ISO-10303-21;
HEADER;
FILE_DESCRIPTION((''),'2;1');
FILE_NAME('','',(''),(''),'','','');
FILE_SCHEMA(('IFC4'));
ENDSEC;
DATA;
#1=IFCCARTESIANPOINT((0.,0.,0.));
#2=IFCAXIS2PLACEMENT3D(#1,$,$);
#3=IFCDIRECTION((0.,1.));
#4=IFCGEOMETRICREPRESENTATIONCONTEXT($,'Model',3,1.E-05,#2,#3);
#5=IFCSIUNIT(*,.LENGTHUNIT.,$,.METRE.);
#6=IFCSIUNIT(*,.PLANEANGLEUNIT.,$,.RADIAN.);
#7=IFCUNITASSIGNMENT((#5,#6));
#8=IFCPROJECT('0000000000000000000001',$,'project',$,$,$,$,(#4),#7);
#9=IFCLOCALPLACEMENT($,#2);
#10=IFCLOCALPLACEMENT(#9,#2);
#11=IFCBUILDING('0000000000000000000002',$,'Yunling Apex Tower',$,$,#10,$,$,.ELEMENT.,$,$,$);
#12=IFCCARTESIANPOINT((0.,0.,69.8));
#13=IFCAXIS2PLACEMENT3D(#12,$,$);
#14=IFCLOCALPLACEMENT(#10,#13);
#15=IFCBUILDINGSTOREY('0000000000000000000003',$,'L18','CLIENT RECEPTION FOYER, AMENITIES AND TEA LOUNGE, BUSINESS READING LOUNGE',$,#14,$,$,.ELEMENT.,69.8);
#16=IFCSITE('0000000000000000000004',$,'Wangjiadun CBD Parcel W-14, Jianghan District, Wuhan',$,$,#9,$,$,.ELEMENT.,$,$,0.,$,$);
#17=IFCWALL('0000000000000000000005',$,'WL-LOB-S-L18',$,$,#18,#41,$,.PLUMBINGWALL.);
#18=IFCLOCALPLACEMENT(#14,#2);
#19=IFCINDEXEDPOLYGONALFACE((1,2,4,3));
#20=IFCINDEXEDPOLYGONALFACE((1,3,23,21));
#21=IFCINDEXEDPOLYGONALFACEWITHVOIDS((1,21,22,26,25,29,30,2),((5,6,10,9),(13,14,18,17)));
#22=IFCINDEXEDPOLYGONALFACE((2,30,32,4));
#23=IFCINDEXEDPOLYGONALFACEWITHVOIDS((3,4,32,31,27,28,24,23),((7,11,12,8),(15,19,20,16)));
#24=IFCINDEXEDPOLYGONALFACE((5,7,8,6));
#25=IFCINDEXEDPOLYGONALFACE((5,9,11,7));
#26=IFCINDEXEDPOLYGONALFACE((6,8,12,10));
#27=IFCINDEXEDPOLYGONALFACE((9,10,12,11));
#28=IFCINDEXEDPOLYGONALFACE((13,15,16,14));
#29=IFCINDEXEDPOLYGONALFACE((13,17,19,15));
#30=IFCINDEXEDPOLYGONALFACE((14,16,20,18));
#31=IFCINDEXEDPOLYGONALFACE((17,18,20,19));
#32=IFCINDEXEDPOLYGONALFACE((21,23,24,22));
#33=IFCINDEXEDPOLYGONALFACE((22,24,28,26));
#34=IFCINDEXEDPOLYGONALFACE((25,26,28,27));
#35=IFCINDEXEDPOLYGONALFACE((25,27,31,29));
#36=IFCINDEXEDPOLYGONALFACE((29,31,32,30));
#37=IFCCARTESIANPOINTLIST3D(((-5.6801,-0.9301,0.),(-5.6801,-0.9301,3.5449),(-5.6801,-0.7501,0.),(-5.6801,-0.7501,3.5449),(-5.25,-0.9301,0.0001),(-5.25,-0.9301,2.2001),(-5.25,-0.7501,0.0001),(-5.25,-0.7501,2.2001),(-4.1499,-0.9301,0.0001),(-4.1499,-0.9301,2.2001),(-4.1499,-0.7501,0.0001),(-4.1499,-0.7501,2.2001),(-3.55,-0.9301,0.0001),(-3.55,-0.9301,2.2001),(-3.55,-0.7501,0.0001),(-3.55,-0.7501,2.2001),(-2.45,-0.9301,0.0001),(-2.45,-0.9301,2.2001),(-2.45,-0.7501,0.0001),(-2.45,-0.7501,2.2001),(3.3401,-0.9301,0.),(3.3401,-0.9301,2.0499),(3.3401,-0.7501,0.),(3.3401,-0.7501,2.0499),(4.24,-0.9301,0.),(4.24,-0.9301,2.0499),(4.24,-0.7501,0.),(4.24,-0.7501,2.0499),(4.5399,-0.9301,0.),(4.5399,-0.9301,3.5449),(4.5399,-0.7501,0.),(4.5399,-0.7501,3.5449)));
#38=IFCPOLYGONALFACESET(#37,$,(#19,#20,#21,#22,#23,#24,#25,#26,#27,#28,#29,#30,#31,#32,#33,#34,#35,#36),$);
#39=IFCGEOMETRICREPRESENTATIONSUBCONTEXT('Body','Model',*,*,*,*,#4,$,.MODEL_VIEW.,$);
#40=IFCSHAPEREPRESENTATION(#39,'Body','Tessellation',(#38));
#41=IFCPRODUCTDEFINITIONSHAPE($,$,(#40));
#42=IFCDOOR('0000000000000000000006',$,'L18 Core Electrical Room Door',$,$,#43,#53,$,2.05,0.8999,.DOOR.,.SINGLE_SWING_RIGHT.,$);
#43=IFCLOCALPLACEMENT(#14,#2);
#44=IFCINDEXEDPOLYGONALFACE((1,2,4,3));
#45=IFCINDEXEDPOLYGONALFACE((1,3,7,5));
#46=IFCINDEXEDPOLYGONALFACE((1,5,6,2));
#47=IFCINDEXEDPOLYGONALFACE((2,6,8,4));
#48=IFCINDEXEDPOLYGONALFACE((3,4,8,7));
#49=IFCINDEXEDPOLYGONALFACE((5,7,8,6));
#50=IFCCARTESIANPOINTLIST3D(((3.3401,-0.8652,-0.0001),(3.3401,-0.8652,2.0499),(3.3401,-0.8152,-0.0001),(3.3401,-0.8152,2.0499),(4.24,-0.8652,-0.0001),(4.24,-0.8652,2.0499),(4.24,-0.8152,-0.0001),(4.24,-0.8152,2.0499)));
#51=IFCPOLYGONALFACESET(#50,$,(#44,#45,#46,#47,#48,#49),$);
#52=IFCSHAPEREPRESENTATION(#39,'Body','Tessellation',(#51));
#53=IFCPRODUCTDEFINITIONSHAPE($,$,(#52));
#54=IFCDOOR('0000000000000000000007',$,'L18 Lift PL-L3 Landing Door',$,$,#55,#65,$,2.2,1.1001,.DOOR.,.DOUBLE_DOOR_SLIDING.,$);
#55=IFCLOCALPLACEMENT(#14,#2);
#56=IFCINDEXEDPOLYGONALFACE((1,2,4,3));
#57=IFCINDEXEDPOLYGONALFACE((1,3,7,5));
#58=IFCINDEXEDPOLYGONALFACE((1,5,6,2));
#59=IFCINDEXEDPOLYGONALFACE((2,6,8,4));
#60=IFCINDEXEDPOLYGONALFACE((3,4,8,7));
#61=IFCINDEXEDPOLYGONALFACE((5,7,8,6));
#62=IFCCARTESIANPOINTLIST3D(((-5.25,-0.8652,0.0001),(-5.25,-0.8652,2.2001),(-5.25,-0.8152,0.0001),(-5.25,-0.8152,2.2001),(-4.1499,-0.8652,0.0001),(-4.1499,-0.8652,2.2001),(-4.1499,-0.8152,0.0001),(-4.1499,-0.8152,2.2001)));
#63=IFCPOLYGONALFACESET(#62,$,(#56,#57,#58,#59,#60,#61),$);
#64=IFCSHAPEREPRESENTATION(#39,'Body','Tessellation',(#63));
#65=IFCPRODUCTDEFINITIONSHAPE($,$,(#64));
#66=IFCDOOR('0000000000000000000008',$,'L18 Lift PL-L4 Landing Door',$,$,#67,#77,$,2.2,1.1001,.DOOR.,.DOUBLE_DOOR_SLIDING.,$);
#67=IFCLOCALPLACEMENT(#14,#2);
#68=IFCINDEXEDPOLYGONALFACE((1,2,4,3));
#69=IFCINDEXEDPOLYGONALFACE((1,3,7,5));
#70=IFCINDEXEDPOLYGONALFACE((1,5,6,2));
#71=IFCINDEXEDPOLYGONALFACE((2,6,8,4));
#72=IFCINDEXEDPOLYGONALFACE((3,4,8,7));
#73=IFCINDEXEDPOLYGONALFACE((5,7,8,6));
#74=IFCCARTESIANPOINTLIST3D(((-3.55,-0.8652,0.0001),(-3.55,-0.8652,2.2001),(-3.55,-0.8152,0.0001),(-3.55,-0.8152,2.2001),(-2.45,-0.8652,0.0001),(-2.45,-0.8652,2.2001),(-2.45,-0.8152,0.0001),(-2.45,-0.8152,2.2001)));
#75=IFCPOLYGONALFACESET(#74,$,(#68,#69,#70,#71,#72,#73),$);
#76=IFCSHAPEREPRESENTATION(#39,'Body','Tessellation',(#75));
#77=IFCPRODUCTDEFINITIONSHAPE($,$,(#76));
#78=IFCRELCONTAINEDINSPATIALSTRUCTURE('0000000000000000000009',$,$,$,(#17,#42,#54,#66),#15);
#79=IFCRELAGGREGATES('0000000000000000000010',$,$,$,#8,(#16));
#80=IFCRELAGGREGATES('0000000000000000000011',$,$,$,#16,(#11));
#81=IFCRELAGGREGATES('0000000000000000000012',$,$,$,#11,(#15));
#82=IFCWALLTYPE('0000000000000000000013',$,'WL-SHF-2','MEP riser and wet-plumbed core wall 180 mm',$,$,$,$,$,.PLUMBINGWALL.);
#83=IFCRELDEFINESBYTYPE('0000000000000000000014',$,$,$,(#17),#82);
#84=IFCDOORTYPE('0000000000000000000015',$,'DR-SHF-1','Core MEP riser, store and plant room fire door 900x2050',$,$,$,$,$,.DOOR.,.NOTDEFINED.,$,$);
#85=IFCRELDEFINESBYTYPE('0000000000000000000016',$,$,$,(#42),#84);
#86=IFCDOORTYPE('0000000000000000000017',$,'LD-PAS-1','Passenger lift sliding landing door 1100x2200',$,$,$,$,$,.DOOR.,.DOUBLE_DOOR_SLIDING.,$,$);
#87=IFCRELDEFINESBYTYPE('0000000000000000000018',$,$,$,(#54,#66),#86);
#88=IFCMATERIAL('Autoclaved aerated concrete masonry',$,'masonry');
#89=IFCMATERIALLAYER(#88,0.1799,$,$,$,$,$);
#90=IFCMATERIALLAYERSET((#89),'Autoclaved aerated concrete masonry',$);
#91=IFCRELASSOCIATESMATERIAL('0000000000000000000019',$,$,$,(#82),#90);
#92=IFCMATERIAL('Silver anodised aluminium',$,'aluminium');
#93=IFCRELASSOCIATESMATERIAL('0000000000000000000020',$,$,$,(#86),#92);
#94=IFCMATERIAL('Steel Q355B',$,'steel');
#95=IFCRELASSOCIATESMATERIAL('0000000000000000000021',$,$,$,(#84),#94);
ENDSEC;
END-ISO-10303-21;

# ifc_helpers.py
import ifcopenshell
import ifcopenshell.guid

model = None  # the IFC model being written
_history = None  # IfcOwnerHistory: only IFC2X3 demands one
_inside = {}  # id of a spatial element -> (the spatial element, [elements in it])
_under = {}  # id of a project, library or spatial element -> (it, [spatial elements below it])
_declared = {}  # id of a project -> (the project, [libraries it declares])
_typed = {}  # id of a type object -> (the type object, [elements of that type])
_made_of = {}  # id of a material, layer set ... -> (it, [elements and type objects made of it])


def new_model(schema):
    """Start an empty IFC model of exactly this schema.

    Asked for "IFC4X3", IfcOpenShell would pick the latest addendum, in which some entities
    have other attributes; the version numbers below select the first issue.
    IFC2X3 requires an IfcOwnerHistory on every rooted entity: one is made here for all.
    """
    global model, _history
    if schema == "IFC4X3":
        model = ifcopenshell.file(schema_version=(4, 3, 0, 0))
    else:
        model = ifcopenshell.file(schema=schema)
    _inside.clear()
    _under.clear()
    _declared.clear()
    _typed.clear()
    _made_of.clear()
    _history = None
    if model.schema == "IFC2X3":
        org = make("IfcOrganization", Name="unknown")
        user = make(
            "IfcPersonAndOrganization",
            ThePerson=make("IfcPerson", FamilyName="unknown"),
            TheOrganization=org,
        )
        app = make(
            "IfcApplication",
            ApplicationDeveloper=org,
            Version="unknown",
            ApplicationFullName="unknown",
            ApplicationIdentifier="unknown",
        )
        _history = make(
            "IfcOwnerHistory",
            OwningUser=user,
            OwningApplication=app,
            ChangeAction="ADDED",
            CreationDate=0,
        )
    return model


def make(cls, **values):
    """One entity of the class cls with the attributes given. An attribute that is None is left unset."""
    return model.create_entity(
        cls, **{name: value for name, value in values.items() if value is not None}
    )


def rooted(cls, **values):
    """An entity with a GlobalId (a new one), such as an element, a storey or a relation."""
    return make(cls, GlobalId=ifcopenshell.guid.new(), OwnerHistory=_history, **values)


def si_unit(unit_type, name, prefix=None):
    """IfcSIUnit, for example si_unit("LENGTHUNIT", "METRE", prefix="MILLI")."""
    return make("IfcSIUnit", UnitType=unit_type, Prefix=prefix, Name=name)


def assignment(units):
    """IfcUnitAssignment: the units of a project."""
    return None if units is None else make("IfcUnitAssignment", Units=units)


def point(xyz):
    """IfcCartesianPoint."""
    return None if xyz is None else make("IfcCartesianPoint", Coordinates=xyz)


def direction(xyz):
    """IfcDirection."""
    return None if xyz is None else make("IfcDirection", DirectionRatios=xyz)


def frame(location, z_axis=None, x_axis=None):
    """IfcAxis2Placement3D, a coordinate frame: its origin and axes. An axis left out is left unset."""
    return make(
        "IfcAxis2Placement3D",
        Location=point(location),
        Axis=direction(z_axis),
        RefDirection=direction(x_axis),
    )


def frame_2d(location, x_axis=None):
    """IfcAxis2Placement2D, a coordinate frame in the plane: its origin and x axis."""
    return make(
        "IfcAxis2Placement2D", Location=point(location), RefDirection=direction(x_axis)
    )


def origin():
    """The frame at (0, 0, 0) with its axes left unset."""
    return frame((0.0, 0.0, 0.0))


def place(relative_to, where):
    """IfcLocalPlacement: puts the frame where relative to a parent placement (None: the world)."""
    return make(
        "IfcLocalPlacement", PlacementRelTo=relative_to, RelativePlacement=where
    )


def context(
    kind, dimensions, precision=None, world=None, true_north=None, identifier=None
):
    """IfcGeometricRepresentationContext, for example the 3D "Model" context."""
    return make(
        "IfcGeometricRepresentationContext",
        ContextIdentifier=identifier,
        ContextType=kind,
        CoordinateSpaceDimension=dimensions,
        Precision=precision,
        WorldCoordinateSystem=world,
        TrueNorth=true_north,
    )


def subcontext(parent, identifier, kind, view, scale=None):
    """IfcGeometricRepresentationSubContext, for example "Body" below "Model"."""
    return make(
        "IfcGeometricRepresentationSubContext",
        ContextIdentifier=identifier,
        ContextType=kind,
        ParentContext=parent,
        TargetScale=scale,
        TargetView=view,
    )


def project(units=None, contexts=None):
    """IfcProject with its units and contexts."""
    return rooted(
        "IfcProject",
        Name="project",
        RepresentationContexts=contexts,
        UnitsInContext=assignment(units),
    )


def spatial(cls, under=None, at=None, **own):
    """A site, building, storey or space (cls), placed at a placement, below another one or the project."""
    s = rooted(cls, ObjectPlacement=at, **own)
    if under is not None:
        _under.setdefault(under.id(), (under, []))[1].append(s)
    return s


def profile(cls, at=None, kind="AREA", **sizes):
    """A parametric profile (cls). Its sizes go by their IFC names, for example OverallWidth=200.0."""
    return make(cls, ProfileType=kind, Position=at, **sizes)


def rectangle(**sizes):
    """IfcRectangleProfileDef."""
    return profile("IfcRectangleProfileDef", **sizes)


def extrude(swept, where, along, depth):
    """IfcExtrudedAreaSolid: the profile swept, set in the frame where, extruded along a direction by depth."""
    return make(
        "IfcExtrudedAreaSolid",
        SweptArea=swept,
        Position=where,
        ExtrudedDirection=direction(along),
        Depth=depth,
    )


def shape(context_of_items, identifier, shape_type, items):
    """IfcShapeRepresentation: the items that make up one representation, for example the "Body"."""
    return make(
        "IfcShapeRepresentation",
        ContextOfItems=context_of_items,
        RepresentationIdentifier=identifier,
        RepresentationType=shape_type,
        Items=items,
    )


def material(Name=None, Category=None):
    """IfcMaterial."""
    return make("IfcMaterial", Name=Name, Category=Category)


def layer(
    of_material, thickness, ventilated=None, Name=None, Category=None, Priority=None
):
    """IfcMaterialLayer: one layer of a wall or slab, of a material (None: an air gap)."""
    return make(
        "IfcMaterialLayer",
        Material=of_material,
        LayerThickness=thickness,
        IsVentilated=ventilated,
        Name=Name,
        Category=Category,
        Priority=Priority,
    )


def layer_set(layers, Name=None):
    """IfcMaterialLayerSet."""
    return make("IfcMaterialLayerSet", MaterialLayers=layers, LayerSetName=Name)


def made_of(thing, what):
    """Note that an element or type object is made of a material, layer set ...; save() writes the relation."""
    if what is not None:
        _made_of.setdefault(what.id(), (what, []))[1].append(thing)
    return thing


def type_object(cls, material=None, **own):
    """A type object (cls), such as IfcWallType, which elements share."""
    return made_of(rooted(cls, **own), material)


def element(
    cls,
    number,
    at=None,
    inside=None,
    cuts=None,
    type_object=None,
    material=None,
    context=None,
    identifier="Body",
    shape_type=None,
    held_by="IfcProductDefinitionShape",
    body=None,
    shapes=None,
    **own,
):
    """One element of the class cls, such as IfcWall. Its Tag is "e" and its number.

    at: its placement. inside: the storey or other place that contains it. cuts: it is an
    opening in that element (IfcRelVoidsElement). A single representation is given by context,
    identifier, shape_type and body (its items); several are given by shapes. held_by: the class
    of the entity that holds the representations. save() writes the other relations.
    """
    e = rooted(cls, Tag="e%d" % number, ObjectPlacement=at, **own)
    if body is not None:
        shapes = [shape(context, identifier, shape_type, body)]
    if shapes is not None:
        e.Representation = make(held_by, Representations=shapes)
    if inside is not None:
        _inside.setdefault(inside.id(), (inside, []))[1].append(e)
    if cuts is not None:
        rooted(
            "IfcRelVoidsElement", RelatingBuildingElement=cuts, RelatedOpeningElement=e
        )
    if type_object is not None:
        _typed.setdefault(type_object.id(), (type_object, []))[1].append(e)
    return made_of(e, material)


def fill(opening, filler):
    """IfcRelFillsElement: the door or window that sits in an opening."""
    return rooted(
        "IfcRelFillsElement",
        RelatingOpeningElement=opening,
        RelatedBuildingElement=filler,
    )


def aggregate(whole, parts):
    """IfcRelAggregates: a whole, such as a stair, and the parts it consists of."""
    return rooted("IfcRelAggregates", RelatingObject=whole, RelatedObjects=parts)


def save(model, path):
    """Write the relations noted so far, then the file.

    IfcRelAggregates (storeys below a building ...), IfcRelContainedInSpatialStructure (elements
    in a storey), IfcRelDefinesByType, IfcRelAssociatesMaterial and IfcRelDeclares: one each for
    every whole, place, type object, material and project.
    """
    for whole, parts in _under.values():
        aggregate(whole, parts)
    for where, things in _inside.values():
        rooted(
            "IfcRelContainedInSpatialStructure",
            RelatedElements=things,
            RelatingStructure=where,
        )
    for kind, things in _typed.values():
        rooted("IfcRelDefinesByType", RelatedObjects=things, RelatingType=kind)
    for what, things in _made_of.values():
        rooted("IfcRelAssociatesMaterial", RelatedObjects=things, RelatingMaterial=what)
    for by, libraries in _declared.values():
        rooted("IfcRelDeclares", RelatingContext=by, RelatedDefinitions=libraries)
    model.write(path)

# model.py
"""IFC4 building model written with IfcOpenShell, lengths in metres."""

from ifc_helpers import new_model, si_unit, direction, frame, frame_2d, origin, place, context, subcontext, project, spatial, rectangle, extrude, material, layer, layer_set, type_object, element, fill, save


model = new_model("IFC4")

# Units and contexts
model_context = context("Model", 3, precision=1e-05, world=origin(), true_north=direction((0.0, 1.0)))
body_context = subcontext(model_context, "Body", "Model", "MODEL_VIEW")
ifc_project = project(units=[si_unit("LENGTHUNIT", "METRE"), si_unit("PLANEANGLEUNIT", "RADIAN")], contexts=[model_context])

# Site, building, storey
site_placement = place(None, origin())
site = spatial("IfcSite", under=ifc_project, at=site_placement, Name="Wangjiadun CBD Parcel W-14, Jianghan District, Wuhan", CompositionType="ELEMENT", RefElevation=0.0)
building_placement = place(site_placement, origin())
building = spatial("IfcBuilding", under=site, at=building_placement, Name="Yunling Apex Tower", CompositionType="ELEMENT")
storey_placement = place(building_placement, frame((0.0, 0.0, 69.8)))
storey = spatial("IfcBuildingStorey", under=building, at=storey_placement, Name="L18", Description="CLIENT RECEPTION FOYER, AMENITIES AND TEA LOUNGE, BUSINESS READING LOUNGE", CompositionType="ELEMENT", Elevation=69.8)

# Shared definitions
ifc_material_1 = material(Name="Steel Q355B", Category="steel")

# Shared definitions
ifc_material_2 = material(Name="Autoclaved aerated concrete masonry", Category="masonry")

# Shared definitions
ifc_layer_1 = layer(ifc_material_2, 0.1799)
ifc_layer_set_1 = layer_set([ifc_layer_1], Name="Autoclaved aerated concrete masonry")
wall_type_1 = type_object("IfcWallType", Name="WL-SHF-2", Description="MEP riser and wet-plumbed core wall 180 mm", PredefinedType="PLUMBINGWALL", material=ifc_layer_set_1)

# Wall, openings, doors
ifc_material_3 = material(Name="Silver anodised aluminium", Category="aluminium")
door_type_1 = type_object("IfcDoorType", Name="LD-PAS-1", Description="Passenger lift sliding landing door 1100x2200", OperationType="DOUBLE_DOOR_SLIDING", PredefinedType="DOOR", material=ifc_material_3)
wall_1_placement = place(storey_placement, frame((-5.6799, -0.8401, 0.0), z_axis=(0.0, 0.0, 1.0), x_axis=(1.0, 0.0, 0.0)))
wall_1 = element("IfcWall", 1, at=wall_1_placement, inside=storey, type_object=wall_type_1, Name="WL-LOB-S-L18", PredefinedType="PLUMBINGWALL", context=body_context, shape_type="SweptSolid", body=[
    extrude(rectangle(XDim=10.22, YDim=0.1799, at=frame_2d((5.1099, 0.0))), origin(), (0.0, 0.0, 1.0), 3.5449),
])
opening_1_placement = place(wall_1_placement, frame((0.4299, 0.0, 0.0)))
opening_1 = element("IfcOpeningElement", 2, at=opening_1_placement, cuts=wall_1, PredefinedType="OPENING", context=body_context, shape_type="SweptSolid", body=[
    extrude(rectangle(XDim=1.1001, YDim=2.2, at=frame_2d((0.55, 1.1001))), frame((0.0, 0.1001, 0.0), z_axis=(0.0, -1.0, 0.0), x_axis=(1.0, 0.0, 0.0)), (0.0, 0.0, 1.0), 0.2),
])
opening_2_placement = place(wall_1_placement, frame((2.1299, 0.0, 0.0)))
opening_2 = element("IfcOpeningElement", 3, at=opening_2_placement, cuts=wall_1, PredefinedType="OPENING", context=body_context, shape_type="SweptSolid", body=[
    extrude(rectangle(XDim=1.1001, YDim=2.2, at=frame_2d((0.55, 1.1001))), frame((0.0, 0.1001, 0.0), z_axis=(0.0, -1.0, 0.0), x_axis=(1.0, 0.0, 0.0)), (0.0, 0.0, 1.0), 0.2),
])
opening_3_placement = place(wall_1_placement, frame((9.02, 0.0, 0.0)))
opening_3 = element("IfcOpeningElement", 4, at=opening_3_placement, cuts=wall_1, PredefinedType="OPENING", context=body_context, shape_type="SweptSolid", body=[
    extrude(rectangle(XDim=0.8999, YDim=2.05, at=frame_2d((0.45, 1.0249))), frame((0.0, 0.1001, 0.0), z_axis=(0.0, -1.0, 0.0), x_axis=(1.0, 0.0, 0.0)), (0.0, 0.0, 1.0), 0.2),
])
door_type_2 = type_object("IfcDoorType", Name="DR-SHF-1", Description="Core MEP riser, store and plant room fire door 900x2050", OperationType="NOTDEFINED", PredefinedType="DOOR", material=ifc_material_1)
door_1_placement = place(opening_3_placement, origin())
door_1 = element("IfcDoor", 5, at=door_1_placement, inside=storey, type_object=door_type_2, Name="L18 Core Electrical Room Door", OperationType="SINGLE_SWING_RIGHT", OverallHeight=2.05, OverallWidth=0.8999, PredefinedType="DOOR", context=body_context, shape_type="SweptSolid", body=[
    extrude(rectangle(XDim=0.8999, YDim=2.05, at=frame_2d((0.45, 1.0249))), frame((0.0, 0.0249, 0.0), z_axis=(0.0, -1.0, 0.0), x_axis=(1.0, 0.0, 0.0)), (0.0, 0.0, 1.0), 0.05),
])
fill(opening_3, door_1)
door_2_placement = place(opening_1_placement, origin())
door_2 = element("IfcDoor", 6, at=door_2_placement, inside=storey, type_object=door_type_1, Name="L18 Lift PL-L3 Landing Door", OperationType="DOUBLE_DOOR_SLIDING", OverallHeight=2.2, OverallWidth=1.1001, PredefinedType="DOOR", context=body_context, shape_type="SweptSolid", body=[
    extrude(rectangle(XDim=1.1001, YDim=2.2, at=frame_2d((0.55, 1.1001))), frame((0.0, 0.0249, 0.0), z_axis=(0.0, -1.0, 0.0), x_axis=(1.0, 0.0, 0.0)), (0.0, 0.0, 1.0), 0.05),
])
fill(opening_1, door_2)
door_3_placement = place(opening_2_placement, origin())
door_3 = element("IfcDoor", 7, at=door_3_placement, inside=storey, type_object=door_type_1, Name="L18 Lift PL-L4 Landing Door", OperationType="DOUBLE_DOOR_SLIDING", OverallHeight=2.2, OverallWidth=1.1001, PredefinedType="DOOR", context=body_context, shape_type="SweptSolid", body=[
    extrude(rectangle(XDim=1.1001, YDim=2.2, at=frame_2d((0.55, 1.1001))), frame((0.0, 0.0249, 0.0), z_axis=(0.0, -1.0, 0.0), x_axis=(1.0, 0.0, 0.0)), (0.0, 0.0, 1.0), 0.05),
])
fill(opening_2, door_3)

save(model, "model.ifc")
